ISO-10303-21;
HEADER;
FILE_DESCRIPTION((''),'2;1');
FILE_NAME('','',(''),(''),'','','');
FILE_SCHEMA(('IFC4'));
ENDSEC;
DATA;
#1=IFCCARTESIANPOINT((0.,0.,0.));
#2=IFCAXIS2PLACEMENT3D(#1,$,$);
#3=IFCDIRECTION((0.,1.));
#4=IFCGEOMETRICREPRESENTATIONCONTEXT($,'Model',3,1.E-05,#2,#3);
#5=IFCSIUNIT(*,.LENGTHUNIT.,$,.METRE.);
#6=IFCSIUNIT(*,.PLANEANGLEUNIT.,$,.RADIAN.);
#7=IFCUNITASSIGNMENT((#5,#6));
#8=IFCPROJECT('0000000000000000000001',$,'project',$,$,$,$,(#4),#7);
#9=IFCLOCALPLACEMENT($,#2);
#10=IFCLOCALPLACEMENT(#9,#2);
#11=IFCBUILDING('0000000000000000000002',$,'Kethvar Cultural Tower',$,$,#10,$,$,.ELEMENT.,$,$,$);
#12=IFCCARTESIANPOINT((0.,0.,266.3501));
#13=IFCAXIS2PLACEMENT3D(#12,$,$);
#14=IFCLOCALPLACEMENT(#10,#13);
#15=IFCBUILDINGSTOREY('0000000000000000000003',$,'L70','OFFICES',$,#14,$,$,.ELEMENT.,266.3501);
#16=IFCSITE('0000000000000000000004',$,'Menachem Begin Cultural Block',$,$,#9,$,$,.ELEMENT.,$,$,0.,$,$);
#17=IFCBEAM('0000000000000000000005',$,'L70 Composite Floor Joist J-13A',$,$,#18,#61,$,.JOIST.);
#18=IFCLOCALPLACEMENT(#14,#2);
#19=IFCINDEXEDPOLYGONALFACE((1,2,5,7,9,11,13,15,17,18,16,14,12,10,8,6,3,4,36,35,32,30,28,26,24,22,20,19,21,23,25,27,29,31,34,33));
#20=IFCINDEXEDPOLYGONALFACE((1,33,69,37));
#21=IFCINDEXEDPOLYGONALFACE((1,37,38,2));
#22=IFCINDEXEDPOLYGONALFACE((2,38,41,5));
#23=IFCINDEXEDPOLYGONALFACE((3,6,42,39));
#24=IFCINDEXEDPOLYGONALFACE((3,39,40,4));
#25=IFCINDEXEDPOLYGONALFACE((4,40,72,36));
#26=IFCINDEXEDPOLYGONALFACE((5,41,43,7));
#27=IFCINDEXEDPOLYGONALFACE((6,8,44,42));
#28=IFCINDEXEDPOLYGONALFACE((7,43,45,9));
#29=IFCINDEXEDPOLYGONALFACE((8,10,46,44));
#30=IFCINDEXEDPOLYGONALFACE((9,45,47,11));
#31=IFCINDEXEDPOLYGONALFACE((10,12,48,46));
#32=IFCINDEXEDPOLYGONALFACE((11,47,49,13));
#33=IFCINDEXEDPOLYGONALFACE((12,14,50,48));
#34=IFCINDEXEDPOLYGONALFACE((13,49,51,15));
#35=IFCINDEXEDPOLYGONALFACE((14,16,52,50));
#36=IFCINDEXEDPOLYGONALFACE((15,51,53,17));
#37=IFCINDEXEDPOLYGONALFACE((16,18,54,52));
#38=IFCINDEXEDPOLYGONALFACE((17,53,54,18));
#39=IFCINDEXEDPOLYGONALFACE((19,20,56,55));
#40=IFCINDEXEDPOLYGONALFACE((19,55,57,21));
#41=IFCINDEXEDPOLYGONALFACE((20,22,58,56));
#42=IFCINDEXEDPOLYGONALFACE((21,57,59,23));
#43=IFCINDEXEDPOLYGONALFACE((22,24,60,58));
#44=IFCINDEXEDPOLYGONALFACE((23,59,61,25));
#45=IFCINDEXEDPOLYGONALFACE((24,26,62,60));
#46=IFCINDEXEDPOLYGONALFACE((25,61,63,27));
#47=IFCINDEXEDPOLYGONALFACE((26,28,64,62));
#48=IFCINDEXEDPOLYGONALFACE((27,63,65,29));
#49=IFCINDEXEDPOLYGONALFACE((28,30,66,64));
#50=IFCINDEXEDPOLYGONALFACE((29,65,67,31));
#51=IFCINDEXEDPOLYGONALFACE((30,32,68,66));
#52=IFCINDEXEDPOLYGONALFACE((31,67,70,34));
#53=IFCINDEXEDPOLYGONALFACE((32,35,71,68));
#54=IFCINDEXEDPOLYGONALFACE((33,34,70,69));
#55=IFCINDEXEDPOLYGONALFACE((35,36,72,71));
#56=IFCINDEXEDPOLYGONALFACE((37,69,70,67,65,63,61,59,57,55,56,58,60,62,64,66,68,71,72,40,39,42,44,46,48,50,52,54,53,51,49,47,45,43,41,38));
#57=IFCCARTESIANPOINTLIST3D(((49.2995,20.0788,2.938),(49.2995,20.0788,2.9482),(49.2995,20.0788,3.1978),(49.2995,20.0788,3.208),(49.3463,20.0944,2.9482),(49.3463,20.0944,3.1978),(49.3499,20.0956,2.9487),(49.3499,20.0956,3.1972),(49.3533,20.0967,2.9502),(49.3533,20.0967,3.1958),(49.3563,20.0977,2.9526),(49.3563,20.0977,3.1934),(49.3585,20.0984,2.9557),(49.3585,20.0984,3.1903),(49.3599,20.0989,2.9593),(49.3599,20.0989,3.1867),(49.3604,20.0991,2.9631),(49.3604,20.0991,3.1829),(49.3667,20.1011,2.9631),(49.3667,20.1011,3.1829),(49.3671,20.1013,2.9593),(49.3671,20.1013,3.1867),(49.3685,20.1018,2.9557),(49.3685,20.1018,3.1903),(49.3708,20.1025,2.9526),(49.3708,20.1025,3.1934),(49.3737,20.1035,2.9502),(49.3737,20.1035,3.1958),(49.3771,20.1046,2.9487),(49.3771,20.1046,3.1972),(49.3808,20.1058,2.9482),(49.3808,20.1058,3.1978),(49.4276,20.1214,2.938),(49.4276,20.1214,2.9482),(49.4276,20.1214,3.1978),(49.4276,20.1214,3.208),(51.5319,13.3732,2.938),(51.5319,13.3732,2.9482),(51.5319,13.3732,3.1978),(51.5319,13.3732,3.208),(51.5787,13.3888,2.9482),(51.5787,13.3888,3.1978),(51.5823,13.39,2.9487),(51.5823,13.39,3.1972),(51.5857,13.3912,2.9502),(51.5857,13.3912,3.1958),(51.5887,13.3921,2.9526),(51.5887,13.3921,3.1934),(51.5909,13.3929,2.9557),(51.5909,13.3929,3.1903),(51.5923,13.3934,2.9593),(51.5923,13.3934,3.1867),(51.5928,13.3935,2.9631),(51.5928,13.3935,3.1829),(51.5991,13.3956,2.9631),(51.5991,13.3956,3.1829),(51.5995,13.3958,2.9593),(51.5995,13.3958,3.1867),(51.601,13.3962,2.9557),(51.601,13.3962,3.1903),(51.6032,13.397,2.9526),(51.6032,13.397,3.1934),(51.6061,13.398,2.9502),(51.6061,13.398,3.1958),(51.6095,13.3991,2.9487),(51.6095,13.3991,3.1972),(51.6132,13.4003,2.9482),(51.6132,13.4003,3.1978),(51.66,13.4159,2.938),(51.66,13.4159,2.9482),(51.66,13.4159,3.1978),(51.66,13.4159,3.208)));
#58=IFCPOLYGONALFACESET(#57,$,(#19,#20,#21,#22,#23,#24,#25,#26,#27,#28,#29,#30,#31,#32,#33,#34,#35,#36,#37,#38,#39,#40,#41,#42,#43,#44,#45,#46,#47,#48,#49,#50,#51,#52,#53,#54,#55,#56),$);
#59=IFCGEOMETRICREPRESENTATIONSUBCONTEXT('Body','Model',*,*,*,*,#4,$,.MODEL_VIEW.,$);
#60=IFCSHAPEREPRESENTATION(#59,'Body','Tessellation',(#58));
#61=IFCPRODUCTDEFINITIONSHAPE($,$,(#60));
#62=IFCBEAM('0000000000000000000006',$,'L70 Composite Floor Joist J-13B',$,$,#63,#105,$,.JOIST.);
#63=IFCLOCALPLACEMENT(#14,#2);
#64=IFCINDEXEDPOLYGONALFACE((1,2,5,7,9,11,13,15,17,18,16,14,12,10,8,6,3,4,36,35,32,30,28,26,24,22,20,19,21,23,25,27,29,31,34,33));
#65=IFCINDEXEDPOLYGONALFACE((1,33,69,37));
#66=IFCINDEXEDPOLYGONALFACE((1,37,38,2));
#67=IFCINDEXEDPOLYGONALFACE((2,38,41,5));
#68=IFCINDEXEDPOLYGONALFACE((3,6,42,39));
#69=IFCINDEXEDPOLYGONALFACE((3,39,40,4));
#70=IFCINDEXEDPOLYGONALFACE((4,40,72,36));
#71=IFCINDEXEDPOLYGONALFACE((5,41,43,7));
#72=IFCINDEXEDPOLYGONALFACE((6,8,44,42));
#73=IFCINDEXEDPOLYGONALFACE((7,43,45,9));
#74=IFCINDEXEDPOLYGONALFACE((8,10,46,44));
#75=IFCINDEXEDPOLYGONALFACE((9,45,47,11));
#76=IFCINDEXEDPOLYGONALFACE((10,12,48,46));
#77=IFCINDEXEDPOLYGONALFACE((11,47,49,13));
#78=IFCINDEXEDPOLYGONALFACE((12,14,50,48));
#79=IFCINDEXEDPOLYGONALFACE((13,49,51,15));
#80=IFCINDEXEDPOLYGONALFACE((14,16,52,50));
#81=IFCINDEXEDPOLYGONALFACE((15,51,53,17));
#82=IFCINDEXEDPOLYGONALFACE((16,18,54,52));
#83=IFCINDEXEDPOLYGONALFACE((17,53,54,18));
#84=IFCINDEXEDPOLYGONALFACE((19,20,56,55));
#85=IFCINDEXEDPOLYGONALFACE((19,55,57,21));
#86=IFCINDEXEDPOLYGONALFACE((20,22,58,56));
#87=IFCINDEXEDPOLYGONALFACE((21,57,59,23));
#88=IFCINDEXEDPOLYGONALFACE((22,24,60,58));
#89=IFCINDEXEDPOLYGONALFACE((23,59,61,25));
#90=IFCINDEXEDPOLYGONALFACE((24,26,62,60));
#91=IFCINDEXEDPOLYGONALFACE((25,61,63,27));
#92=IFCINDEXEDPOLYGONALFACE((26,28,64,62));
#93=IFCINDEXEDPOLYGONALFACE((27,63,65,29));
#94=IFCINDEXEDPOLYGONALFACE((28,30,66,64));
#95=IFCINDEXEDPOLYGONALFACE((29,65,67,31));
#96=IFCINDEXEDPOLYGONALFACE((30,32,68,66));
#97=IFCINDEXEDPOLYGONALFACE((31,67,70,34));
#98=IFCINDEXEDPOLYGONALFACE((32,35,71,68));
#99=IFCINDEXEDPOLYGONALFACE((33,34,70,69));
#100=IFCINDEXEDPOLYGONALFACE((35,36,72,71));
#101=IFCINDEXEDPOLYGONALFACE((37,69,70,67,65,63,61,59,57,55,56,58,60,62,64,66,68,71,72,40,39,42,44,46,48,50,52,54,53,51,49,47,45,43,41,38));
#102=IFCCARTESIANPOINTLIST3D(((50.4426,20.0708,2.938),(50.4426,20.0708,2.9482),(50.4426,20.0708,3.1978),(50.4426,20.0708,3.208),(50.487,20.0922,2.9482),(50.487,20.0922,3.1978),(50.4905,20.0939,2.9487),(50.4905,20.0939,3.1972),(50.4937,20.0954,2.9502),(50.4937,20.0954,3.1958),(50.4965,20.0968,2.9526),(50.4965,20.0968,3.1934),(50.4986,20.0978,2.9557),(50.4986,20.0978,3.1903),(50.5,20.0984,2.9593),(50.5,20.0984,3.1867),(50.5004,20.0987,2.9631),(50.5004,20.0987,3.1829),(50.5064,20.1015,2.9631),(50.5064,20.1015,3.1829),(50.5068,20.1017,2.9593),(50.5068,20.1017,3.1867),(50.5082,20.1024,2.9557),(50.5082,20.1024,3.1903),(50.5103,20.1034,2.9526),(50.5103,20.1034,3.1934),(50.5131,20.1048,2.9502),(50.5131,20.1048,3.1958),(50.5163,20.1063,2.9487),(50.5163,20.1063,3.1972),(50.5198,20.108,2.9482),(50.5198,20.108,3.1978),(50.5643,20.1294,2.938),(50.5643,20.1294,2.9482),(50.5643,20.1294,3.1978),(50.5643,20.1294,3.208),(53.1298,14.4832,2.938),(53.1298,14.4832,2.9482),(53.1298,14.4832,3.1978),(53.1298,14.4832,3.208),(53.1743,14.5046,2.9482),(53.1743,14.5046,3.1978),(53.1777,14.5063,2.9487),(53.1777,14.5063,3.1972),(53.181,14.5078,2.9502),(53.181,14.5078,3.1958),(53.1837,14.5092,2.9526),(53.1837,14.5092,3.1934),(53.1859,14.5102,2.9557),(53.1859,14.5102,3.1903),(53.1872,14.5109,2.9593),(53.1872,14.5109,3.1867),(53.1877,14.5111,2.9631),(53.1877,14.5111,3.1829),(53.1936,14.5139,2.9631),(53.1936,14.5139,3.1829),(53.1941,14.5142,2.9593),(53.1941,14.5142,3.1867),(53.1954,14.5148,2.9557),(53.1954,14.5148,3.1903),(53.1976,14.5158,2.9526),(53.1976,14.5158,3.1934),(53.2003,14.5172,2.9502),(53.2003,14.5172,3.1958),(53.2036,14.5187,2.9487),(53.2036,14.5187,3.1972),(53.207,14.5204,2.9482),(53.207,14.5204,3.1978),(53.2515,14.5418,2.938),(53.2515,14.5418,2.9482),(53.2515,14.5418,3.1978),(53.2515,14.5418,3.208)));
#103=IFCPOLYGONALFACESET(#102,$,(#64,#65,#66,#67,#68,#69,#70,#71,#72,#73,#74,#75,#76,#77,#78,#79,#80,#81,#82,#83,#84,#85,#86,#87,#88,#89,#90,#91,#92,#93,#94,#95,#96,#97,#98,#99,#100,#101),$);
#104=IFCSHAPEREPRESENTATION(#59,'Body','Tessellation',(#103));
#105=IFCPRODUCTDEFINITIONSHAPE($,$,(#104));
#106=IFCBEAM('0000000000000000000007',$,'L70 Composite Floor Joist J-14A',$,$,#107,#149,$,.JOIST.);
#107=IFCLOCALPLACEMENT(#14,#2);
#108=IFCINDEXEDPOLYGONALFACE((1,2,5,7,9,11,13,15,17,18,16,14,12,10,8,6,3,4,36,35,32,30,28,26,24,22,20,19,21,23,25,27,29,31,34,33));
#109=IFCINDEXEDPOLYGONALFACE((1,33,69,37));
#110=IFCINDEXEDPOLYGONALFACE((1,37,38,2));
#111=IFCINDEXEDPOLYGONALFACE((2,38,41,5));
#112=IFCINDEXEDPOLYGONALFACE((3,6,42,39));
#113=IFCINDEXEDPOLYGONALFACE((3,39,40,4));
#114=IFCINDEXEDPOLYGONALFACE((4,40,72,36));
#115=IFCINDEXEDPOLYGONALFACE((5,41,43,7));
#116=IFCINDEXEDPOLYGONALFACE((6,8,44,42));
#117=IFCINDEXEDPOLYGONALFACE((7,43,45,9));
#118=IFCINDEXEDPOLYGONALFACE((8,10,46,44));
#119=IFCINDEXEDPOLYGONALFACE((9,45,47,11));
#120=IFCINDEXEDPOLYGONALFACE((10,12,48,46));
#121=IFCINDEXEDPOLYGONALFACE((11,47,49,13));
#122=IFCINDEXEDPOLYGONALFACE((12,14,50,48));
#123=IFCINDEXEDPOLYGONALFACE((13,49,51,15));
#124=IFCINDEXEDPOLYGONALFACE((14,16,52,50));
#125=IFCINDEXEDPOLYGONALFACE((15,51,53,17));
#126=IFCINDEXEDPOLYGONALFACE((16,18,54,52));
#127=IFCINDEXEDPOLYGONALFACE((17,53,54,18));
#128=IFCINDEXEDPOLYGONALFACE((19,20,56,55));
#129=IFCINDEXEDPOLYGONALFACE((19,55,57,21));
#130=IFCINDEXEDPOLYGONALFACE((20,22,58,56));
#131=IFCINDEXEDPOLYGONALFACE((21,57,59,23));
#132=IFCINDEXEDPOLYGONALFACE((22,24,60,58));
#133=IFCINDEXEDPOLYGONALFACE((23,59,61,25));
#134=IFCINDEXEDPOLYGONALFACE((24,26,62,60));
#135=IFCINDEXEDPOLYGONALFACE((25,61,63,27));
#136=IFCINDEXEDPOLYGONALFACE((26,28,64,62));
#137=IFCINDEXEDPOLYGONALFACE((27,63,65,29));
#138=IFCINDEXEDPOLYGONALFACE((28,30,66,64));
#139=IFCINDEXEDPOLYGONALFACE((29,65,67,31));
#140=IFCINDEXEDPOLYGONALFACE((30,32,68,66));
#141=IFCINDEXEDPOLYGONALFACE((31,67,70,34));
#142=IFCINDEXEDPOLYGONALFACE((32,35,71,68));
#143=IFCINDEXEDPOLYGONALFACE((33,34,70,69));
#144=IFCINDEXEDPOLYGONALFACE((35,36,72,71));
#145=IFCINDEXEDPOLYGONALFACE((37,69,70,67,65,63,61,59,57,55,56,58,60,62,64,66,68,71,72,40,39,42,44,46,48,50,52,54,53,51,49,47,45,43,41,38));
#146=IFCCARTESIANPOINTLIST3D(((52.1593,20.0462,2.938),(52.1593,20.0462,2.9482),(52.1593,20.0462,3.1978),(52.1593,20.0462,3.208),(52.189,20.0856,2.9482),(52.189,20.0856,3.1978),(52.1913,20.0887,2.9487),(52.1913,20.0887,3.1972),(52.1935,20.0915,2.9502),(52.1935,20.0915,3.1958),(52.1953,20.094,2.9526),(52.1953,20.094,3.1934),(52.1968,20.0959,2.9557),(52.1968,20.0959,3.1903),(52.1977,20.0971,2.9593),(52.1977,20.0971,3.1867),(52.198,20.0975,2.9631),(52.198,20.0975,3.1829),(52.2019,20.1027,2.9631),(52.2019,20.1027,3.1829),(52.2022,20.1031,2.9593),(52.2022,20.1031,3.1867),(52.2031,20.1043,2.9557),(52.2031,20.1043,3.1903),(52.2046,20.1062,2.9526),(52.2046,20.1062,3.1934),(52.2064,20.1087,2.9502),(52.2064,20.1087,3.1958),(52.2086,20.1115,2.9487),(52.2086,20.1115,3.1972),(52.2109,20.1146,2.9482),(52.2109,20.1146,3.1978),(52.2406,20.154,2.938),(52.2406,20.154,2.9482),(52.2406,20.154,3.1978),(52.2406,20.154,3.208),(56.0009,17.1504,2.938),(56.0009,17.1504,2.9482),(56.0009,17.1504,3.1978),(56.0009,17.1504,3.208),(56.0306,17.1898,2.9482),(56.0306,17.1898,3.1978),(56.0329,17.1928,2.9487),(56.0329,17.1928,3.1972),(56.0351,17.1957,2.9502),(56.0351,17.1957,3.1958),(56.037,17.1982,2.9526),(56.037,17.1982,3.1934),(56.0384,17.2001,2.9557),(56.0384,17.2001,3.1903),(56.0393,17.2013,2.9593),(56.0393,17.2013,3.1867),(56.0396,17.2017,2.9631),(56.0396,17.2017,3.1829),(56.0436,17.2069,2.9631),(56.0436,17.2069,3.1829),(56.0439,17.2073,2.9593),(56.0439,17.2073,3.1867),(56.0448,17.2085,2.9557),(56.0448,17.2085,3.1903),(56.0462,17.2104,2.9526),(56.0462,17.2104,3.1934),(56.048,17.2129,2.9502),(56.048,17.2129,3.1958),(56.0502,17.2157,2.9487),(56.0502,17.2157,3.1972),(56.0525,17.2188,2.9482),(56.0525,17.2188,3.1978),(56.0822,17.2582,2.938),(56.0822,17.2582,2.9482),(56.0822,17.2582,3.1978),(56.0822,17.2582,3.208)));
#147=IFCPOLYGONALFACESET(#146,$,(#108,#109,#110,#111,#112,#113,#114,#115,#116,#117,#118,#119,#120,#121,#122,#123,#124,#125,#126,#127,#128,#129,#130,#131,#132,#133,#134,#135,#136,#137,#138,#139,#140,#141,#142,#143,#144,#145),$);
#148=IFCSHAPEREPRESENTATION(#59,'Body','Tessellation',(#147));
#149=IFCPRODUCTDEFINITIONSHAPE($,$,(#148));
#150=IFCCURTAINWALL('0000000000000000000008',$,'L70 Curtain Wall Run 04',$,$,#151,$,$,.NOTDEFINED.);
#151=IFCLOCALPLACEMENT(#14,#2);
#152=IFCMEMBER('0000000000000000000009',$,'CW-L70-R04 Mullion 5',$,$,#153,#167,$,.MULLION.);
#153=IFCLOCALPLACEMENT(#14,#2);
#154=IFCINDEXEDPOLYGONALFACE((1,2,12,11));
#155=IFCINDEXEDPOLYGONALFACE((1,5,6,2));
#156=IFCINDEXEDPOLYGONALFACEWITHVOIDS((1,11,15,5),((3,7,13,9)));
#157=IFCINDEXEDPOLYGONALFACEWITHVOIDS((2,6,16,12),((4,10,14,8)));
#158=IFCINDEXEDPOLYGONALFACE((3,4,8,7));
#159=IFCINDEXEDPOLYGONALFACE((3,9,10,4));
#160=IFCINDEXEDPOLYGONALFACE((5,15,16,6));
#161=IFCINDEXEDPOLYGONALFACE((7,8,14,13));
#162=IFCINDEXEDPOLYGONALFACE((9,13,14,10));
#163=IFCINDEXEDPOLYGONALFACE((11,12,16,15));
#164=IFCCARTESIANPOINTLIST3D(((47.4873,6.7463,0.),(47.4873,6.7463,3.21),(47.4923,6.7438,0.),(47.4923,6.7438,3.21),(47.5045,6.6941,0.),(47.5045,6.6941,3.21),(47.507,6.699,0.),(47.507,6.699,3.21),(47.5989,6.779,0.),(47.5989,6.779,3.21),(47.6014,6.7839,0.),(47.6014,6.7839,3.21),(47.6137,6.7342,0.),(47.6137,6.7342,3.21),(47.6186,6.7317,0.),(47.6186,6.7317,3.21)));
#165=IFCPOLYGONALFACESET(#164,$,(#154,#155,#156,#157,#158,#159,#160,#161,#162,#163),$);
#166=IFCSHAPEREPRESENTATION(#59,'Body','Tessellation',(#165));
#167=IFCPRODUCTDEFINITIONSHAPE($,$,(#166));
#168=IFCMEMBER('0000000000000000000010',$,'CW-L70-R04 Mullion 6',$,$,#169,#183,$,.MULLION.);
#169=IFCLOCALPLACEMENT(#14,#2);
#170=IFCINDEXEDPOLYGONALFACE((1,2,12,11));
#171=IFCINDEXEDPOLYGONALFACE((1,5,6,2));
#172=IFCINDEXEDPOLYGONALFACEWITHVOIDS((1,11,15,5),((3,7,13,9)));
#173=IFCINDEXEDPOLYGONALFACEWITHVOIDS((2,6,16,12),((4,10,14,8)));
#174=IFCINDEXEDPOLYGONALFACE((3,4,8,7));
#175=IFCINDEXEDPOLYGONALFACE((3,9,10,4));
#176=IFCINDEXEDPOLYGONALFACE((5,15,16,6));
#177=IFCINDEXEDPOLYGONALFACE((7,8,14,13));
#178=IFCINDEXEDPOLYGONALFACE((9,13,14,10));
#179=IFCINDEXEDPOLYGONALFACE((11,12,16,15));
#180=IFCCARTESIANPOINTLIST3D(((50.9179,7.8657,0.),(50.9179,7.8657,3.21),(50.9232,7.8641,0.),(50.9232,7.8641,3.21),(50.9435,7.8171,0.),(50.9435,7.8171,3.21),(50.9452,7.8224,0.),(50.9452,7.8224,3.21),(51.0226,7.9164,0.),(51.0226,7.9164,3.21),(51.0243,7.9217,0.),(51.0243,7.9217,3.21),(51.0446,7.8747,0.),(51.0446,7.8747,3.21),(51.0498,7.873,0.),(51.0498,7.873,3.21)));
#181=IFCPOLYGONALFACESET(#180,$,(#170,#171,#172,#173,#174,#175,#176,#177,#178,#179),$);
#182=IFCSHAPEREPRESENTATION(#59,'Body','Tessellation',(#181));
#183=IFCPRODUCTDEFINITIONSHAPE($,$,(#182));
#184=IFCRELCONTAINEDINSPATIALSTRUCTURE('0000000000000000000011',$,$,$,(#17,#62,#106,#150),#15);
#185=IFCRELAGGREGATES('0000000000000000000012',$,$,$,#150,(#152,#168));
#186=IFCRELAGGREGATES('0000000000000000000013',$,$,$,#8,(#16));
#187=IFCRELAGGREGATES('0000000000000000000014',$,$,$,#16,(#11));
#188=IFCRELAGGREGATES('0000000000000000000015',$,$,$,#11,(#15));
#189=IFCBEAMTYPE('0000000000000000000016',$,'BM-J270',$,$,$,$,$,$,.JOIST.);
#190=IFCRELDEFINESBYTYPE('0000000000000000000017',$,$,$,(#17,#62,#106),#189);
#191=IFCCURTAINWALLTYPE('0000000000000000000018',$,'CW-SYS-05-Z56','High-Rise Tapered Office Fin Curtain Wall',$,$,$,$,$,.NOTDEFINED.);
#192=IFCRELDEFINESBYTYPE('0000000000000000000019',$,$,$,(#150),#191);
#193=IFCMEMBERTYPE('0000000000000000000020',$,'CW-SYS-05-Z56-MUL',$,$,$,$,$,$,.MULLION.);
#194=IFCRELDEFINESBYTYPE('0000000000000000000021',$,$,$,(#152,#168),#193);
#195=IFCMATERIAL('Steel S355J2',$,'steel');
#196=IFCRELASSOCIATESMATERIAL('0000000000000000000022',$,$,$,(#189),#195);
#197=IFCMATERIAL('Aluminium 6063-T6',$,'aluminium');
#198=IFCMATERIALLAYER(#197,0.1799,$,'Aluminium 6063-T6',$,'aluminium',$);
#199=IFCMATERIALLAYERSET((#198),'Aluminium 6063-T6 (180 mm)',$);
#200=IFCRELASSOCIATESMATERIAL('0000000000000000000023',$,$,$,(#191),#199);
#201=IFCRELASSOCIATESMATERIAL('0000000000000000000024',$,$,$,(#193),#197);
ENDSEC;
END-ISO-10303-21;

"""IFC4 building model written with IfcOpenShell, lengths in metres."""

from ifc_helpers import new_model, si_unit, direction, frame, origin, origin_2d, place, context, subcontext, project, spatial, hollow_rectangle, i_section, extrude, source, transform, mapped, material, layer, layer_set, material_profile, profile_set, type_object, element, aggregate, save


model = new_model("IFC4")

# Units and contexts
model_context = context("Model", 3, precision=1e-05, world=origin(), true_north=direction((0.0, 1.0)))
body_context = subcontext(model_context, "Body", "Model", "MODEL_VIEW")
ifc_project = project(units=[si_unit("LENGTHUNIT", "METRE"), si_unit("PLANEANGLEUNIT", "RADIAN")], contexts=[model_context])

# Site, building, storey
site_placement = place(None, origin())
site = spatial("IfcSite", under=ifc_project, at=site_placement, Name="Menachem Begin Cultural Block", CompositionType="ELEMENT", RefElevation=0.0)
building_placement = place(site_placement, origin())
building = spatial("IfcBuilding", under=site, at=building_placement, Name="Kethvar Cultural Tower", CompositionType="ELEMENT")
storey_placement = place(building_placement, frame((0.0, 0.0, 266.3501)))
storey = spatial("IfcBuildingStorey", under=building, at=storey_placement, Name="L70", Description="OFFICES", CompositionType="ELEMENT", Elevation=266.3501)

# Shared definitions
ifc_material_1 = material(Name="Steel S355J2", Category="steel")

# Beams
ifc_material_profile_1 = material_profile(ifc_material_1, i_section(OverallWidth=0.135, OverallDepth=0.27, WebThickness=0.0066, FlangeThickness=0.0103, FilletRadius=0.0149, at=origin_2d()), Name="Steel S355J2 — IPE270")
ifc_profile_set_1 = profile_set([ifc_material_profile_1], Name="Steel S355J2 — IPE270")
beam_type_1 = type_object("IfcBeamType", Name="BM-J270", PredefinedType="JOIST", material=ifc_profile_set_1)
shared_shape_1 = source(origin(), body_context, "Body", "SweptSolid", [
    extrude(i_section(OverallWidth=0.135, OverallDepth=0.27, WebThickness=0.0066, FlangeThickness=0.0103, FilletRadius=0.0149, at=origin_2d()), origin(), (0.0, 0.0, 1.0), 7.0674),
])
beam_1_placement = place(storey_placement, frame((49.3635, 20.1001, 3.073), z_axis=(0.315875, -0.948801, 0.0), x_axis=(0.948801, 0.315875, 0.0)))
element("IfcBeam", 1, at=beam_1_placement, inside=storey, type_object=beam_type_1, Name="L70 Composite Floor Joist J-13A", PredefinedType="JOIST", context=body_context, shape_type="MappedRepresentation", body=[
    mapped(shared_shape_1, transform((0.0, 0.0, 0.0), scale=1.0)),
])
shared_shape_2 = source(origin(), body_context, "Body", "SweptSolid", [
    extrude(i_section(OverallWidth=0.135, OverallDepth=0.27, WebThickness=0.0066, FlangeThickness=0.0103, FilletRadius=0.0149, at=origin_2d()), origin(), (0.0, 0.0, 1.0), 6.2002),
])
beam_2_placement = place(storey_placement, frame((50.5034, 20.1001, 3.073), z_axis=(0.433411, -0.901197, 0.0), x_axis=(0.901197, 0.433411, 0.0)))
element("IfcBeam", 2, at=beam_2_placement, inside=storey, type_object=beam_type_1, Name="L70 Composite Floor Joist J-13B", PredefinedType="JOIST", context=body_context, shape_type="MappedRepresentation", body=[
    mapped(shared_shape_2, transform((0.0, 0.0, 0.0), scale=1.0)),
])
shared_shape_3 = source(origin(), body_context, "Body", "SweptSolid", [
    extrude(i_section(OverallWidth=0.135, OverallDepth=0.27, WebThickness=0.0066, FlangeThickness=0.0103, FilletRadius=0.0149, at=origin_2d()), origin(), (0.0, 0.0, 1.0), 4.8108),
])
beam_3_placement = place(storey_placement, frame((52.2, 20.1001, 3.073), z_axis=(0.798542, -0.601939, 0.0), x_axis=(0.601939, 0.798542, 0.0)))
element("IfcBeam", 3, at=beam_3_placement, inside=storey, type_object=beam_type_1, Name="L70 Composite Floor Joist J-14A", PredefinedType="JOIST", context=body_context, shape_type="MappedRepresentation", body=[
    mapped(shared_shape_3, transform((0.0, 0.0, 0.0), scale=1.0)),
])

# Curtain wall, members
ifc_material_2 = material(Name="Aluminium 6063-T6", Category="aluminium")
ifc_layer_1 = layer(ifc_material_2, 0.1799, Name="Aluminium 6063-T6", Category="aluminium")
ifc_layer_set_1 = layer_set([ifc_layer_1], Name="Aluminium 6063-T6 (180 mm)")
curtain_wall_type = type_object("IfcCurtainWallType", Name="CW-SYS-05-Z56", Description="High-Rise Tapered Office Fin Curtain Wall", PredefinedType="NOTDEFINED", material=ifc_layer_set_1)
curtain_wall_1_placement = place(storey_placement, origin())
curtain_wall_1 = element("IfcCurtainWall", 4, at=curtain_wall_1_placement, inside=storey, type_object=curtain_wall_type, Name="L70 Curtain Wall Run 04", PredefinedType="NOTDEFINED")
ifc_material_profile_2 = material_profile(ifc_material_2, hollow_rectangle(XDim=0.0549, YDim=0.1201, WallThickness=0.0039, at=origin_2d()), Name="Aluminium 6063-T6 — RHS120x55x4")
ifc_profile_set_2 = profile_set([ifc_material_profile_2], Name="Aluminium 6063-T6 — RHS120x55x4")
member_type_1 = type_object("IfcMemberType", Name="CW-SYS-05-Z56-MUL", PredefinedType="MULLION", material=ifc_profile_set_2)
shared_shape_4 = source(origin(), body_context, "Body", "SweptSolid", [
    extrude(hollow_rectangle(XDim=0.0549, YDim=0.1201, WallThickness=0.0039, at=origin_2d()), origin(), (0.0, 0.0, 1.0), 3.21),
])
member_1_placement = place(storey_placement, frame((47.553, 6.739, 0.0), z_axis=(0.0, 0.0, 1.0), x_axis=(-0.313263, 0.949666, 0.0)))
member_1 = element("IfcMember", 5, at=member_1_placement, type_object=member_type_1, Name="CW-L70-R04 Mullion 5", PredefinedType="MULLION", context=body_context, shape_type="MappedRepresentation", body=[
    mapped(shared_shape_4, transform((0.0, 0.0, 0.0), scale=1.0)),
])
member_2_placement = place(storey_placement, frame((50.9839, 7.8694, 0.0), z_axis=(0.0, 0.0, 1.0), x_axis=(-0.465522, 0.885036, 0.0)))
member_2 = element("IfcMember", 6, at=member_2_placement, type_object=member_type_1, Name="CW-L70-R04 Mullion 6", PredefinedType="MULLION", context=body_context, shape_type="MappedRepresentation", body=[
    mapped(shared_shape_4, transform((0.0, 0.0, 0.0), scale=1.0)),
])

aggregate(curtain_wall_1, [member_1, member_2])

save(model, "model.ifc")
